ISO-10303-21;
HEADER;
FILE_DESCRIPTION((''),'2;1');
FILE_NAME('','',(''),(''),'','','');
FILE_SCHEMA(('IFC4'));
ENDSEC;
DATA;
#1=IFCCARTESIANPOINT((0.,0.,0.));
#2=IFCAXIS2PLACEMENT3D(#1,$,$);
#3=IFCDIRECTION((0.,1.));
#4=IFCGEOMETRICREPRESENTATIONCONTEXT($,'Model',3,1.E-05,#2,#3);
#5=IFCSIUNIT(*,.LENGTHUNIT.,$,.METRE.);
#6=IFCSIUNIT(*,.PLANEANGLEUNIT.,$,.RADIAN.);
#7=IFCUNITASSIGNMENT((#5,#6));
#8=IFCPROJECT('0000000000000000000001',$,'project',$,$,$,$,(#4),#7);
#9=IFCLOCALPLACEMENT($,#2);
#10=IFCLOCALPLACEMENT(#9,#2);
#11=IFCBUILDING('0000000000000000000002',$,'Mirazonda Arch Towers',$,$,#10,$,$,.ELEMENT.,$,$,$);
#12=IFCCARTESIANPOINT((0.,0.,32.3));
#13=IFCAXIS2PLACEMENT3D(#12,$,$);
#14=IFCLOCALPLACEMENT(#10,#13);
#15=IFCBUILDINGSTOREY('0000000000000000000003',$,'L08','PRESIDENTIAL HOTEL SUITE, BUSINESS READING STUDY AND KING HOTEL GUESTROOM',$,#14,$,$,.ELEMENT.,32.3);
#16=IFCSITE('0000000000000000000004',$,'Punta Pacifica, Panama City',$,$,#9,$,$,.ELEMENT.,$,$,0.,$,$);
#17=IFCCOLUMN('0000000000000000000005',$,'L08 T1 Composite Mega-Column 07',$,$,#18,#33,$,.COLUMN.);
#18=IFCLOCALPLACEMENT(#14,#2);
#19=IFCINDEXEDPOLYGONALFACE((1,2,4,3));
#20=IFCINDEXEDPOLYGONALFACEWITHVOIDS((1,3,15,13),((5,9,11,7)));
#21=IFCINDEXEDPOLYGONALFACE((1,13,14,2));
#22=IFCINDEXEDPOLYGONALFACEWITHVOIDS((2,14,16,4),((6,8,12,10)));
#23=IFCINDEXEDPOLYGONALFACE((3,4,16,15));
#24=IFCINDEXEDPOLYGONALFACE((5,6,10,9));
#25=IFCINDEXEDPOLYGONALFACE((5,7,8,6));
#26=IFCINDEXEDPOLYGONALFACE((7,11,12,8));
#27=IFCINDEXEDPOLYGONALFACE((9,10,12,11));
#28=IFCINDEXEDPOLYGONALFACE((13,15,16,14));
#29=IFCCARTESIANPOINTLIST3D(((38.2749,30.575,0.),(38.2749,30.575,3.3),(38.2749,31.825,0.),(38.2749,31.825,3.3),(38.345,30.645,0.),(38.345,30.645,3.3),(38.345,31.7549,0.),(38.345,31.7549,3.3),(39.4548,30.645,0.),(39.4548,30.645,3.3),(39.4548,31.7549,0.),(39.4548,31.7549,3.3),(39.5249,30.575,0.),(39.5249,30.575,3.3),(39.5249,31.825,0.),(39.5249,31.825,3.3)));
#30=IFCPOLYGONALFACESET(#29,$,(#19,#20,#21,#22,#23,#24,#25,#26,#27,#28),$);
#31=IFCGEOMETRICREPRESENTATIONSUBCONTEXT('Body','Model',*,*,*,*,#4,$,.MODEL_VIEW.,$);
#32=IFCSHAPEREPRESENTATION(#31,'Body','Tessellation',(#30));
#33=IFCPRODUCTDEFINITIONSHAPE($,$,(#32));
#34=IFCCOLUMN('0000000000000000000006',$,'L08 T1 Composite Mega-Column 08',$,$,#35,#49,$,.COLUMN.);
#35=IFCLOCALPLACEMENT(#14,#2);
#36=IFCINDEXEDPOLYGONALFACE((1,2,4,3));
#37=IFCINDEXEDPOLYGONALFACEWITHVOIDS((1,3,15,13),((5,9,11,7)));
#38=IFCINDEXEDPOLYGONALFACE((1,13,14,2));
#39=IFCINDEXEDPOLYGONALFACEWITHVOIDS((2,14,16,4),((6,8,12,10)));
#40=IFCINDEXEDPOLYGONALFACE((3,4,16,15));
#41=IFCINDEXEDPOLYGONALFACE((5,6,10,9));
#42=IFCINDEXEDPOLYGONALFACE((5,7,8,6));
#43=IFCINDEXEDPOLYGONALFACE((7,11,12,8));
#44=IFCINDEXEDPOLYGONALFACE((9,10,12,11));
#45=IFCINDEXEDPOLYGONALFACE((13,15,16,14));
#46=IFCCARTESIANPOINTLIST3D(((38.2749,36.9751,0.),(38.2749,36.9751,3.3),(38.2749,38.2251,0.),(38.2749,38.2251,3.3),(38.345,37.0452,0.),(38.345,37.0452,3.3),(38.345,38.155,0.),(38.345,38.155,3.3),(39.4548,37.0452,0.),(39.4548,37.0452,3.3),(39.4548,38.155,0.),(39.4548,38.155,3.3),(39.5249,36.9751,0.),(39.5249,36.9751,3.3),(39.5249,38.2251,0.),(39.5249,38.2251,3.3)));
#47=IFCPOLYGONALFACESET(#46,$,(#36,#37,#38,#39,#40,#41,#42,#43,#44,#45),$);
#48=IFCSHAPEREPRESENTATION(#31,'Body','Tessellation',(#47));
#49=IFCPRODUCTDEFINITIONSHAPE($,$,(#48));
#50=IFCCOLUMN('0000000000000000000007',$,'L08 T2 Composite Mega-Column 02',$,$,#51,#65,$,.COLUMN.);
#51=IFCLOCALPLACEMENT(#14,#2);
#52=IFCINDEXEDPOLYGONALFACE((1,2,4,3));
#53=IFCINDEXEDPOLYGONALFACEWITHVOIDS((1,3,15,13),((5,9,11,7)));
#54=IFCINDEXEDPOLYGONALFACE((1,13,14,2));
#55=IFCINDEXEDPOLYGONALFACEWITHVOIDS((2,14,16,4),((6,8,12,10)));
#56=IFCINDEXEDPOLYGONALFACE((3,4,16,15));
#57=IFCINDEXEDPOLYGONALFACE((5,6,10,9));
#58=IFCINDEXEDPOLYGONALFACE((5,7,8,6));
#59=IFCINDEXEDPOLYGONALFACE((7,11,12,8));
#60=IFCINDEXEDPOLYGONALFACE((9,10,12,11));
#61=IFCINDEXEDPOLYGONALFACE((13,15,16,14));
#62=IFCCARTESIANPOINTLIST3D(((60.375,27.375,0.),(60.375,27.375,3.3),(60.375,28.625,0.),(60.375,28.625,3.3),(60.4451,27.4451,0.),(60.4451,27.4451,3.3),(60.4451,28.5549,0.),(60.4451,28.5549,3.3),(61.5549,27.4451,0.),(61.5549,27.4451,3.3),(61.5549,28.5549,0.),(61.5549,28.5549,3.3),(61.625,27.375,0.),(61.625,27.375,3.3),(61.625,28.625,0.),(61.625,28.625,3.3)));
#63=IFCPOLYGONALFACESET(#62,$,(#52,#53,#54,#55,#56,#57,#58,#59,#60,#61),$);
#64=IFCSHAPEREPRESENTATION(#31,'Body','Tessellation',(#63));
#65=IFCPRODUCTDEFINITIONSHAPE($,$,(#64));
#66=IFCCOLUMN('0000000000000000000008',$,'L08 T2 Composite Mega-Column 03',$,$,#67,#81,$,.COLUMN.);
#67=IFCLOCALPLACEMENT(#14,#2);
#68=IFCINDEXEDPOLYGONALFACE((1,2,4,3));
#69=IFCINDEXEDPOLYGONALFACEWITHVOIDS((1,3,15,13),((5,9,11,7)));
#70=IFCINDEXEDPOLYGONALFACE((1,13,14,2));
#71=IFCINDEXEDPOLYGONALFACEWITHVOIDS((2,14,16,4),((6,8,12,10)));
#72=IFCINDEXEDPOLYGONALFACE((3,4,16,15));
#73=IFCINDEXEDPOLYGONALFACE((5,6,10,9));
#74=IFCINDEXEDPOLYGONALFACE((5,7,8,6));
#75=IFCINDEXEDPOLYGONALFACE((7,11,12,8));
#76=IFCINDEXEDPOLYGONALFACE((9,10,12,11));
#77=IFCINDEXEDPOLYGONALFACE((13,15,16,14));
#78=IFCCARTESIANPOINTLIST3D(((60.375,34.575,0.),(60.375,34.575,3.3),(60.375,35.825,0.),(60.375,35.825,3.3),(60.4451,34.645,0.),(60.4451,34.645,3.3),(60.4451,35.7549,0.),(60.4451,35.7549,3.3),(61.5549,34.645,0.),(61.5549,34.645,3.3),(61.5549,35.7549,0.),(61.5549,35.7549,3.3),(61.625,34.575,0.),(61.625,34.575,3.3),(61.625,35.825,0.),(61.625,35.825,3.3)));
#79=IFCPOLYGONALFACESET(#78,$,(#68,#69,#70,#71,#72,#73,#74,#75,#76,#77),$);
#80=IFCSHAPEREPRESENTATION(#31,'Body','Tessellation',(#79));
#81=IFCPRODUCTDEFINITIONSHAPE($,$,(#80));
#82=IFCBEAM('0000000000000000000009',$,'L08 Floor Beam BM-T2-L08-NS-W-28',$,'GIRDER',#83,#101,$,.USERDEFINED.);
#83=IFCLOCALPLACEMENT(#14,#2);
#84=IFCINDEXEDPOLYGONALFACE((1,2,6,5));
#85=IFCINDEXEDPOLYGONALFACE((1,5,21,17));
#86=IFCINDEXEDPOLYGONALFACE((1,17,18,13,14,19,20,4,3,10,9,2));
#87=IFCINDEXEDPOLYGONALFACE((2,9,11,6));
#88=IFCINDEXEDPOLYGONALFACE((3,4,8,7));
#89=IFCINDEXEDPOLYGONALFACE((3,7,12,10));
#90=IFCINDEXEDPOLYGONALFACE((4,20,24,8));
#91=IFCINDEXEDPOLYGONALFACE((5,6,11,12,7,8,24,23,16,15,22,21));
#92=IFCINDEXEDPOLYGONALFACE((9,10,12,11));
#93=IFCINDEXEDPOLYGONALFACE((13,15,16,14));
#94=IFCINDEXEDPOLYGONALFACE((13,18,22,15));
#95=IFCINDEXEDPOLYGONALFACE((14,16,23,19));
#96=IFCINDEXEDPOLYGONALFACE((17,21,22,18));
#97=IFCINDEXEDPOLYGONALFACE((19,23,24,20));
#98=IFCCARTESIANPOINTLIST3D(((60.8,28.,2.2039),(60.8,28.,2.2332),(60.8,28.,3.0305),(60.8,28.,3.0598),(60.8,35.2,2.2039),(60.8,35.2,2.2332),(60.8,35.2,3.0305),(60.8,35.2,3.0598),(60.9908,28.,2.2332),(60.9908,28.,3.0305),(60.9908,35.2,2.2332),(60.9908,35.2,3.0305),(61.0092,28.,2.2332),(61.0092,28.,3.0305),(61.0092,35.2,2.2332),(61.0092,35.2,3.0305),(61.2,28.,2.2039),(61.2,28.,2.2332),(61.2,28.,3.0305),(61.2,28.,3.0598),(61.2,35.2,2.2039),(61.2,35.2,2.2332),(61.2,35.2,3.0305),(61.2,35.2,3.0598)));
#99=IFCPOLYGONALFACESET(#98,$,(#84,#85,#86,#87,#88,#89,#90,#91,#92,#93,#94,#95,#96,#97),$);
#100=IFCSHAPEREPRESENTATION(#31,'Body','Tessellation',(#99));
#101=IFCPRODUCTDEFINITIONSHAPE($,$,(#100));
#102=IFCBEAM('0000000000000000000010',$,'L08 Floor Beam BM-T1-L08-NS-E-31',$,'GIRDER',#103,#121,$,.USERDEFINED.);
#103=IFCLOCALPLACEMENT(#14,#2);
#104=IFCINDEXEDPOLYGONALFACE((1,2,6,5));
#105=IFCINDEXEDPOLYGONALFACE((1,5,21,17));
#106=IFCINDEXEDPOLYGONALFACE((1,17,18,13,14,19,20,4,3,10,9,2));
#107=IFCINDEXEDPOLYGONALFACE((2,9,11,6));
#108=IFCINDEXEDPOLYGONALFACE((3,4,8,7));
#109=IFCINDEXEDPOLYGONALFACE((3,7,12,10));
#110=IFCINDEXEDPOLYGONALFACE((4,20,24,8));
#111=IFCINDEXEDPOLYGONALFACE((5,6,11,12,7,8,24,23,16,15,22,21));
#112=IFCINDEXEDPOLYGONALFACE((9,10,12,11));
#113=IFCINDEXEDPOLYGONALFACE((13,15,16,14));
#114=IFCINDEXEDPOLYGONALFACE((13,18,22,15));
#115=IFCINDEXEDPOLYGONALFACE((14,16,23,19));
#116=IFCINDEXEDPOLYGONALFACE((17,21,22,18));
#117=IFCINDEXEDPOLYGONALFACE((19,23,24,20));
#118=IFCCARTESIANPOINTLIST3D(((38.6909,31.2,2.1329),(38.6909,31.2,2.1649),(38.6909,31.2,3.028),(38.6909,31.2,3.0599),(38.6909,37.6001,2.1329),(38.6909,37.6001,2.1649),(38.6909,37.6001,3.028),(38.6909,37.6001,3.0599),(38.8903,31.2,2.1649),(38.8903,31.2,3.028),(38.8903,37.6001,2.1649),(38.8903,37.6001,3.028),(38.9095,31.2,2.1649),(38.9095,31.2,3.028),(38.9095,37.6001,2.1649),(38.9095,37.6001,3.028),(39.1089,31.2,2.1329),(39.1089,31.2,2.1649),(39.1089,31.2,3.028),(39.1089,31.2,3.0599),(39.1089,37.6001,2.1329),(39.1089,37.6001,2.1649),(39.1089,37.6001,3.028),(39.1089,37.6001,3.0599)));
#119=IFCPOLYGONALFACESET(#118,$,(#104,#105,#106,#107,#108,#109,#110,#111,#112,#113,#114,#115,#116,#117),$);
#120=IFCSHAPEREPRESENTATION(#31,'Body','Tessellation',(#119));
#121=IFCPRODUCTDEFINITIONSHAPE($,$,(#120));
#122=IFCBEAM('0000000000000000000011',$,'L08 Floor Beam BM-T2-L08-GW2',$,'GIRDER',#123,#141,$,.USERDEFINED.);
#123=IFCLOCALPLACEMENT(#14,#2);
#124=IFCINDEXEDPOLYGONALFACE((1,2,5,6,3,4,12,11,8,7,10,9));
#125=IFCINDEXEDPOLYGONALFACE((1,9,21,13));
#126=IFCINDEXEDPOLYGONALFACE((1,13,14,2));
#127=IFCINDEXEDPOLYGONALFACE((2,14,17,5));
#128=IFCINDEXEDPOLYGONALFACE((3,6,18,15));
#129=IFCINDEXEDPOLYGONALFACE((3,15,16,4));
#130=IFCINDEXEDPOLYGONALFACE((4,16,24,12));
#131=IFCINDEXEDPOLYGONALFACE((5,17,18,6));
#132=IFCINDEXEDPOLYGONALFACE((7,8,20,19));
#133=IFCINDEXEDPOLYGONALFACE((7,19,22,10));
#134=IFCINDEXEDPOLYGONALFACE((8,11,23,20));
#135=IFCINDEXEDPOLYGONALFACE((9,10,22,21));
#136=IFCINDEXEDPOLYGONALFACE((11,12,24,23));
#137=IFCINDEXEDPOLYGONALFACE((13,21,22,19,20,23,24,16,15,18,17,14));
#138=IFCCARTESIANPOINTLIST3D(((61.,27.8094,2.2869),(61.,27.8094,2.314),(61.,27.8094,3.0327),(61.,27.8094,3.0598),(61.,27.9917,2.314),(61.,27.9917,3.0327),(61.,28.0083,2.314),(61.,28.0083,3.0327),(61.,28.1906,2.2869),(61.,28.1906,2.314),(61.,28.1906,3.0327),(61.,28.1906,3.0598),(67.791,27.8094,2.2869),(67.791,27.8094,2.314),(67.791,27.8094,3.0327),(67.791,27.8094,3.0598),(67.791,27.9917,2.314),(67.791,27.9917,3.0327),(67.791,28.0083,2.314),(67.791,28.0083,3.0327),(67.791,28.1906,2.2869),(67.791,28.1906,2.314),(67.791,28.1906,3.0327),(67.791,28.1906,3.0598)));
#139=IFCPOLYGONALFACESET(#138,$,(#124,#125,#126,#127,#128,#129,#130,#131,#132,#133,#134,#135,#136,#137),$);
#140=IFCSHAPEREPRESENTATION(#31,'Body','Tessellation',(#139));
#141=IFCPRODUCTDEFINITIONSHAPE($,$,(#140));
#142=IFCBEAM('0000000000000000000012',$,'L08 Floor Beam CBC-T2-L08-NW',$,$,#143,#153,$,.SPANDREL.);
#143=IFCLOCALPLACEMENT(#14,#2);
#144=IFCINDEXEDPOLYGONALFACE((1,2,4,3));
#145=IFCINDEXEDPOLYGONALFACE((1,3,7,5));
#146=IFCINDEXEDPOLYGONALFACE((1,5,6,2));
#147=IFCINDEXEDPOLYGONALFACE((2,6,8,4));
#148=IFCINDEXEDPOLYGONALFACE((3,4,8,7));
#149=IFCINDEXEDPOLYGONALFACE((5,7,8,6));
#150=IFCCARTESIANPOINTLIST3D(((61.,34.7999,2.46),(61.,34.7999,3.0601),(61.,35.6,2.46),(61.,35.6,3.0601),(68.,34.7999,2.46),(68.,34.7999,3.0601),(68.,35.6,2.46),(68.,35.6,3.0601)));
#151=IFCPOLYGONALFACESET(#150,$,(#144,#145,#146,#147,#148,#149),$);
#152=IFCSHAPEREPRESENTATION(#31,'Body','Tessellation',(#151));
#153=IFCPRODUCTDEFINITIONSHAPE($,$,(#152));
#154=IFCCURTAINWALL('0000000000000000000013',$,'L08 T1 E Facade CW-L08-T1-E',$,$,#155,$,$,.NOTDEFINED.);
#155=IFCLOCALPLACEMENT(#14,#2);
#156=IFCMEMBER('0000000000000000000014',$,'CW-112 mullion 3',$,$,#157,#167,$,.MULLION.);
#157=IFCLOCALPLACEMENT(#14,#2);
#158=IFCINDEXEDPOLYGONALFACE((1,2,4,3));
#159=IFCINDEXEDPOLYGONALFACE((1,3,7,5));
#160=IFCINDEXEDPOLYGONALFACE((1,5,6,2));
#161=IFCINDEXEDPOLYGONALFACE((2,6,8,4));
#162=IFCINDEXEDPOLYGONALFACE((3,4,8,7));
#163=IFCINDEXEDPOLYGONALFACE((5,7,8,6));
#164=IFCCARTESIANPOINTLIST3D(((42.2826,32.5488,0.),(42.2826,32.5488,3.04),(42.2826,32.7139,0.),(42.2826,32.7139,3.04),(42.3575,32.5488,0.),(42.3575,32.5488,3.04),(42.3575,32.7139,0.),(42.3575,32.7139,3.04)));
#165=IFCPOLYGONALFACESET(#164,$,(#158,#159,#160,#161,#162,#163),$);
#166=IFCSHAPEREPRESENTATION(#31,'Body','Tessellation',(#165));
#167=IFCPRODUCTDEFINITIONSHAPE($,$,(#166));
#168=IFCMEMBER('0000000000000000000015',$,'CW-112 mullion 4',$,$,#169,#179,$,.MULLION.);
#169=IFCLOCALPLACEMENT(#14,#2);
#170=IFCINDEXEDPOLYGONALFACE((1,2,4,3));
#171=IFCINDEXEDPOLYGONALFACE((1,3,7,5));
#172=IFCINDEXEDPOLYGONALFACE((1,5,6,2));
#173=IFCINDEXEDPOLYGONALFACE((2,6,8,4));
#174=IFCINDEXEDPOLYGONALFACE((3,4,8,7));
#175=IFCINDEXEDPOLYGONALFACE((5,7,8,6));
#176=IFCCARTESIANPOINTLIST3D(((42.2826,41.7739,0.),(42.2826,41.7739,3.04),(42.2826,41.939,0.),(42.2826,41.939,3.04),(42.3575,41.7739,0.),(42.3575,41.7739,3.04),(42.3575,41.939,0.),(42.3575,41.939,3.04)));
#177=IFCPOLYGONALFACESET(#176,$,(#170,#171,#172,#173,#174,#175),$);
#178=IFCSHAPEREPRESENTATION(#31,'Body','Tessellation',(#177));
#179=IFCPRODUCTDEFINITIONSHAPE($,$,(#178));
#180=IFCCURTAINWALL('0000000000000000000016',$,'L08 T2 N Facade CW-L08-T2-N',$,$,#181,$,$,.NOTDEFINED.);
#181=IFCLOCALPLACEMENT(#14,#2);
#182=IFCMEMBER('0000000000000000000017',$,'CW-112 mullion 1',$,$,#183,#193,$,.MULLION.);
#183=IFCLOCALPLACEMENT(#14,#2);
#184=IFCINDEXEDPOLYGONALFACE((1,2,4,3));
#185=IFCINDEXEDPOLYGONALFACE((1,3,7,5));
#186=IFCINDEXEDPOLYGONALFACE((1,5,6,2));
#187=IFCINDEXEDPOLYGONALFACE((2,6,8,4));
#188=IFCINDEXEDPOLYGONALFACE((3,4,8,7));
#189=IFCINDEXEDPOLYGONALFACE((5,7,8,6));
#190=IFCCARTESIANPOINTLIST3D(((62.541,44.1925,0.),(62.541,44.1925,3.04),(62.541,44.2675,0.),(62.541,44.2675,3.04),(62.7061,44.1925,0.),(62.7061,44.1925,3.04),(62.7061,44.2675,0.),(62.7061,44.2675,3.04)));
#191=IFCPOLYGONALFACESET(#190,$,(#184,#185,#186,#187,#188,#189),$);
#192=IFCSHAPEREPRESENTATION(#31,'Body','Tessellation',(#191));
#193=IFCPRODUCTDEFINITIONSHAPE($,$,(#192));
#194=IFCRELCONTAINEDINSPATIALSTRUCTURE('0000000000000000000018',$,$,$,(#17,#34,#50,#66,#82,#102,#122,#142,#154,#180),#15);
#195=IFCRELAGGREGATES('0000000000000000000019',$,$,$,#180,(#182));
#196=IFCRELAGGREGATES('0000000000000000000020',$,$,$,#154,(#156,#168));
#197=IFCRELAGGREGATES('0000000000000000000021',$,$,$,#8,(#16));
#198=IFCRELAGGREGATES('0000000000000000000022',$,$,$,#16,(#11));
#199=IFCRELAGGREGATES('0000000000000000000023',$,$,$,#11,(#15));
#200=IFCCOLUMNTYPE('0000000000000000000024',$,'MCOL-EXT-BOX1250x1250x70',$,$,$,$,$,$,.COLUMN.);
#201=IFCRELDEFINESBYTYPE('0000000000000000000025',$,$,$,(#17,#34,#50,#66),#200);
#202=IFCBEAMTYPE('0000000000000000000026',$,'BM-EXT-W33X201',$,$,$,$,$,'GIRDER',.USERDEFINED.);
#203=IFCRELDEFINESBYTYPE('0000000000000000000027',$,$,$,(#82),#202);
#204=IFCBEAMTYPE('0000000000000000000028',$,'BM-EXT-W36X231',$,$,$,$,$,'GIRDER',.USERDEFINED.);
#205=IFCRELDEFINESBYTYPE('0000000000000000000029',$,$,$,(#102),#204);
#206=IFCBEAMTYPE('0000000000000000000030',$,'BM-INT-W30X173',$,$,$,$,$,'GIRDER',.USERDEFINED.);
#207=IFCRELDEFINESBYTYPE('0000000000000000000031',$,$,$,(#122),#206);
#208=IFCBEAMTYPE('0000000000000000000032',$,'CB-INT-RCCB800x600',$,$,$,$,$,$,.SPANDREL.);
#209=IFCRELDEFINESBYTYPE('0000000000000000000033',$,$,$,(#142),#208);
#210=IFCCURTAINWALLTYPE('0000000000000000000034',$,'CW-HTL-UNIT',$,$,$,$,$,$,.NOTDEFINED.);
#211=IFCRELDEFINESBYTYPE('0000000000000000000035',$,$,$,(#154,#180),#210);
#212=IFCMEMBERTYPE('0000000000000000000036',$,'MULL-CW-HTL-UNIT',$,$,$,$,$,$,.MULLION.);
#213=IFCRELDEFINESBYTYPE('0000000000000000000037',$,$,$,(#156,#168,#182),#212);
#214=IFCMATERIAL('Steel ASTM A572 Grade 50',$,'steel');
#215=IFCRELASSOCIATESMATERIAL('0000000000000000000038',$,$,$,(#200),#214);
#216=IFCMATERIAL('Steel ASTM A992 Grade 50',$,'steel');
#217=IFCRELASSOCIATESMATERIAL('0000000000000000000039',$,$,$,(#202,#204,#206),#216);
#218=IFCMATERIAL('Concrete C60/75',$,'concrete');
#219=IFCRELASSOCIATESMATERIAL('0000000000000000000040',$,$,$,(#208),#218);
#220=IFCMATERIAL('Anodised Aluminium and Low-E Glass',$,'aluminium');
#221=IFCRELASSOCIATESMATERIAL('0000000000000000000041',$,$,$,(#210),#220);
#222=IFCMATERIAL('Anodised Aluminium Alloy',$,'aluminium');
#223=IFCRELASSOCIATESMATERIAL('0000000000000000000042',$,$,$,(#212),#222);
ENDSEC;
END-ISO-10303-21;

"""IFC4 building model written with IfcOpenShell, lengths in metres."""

from ifc_helpers import new_model, si_unit, direction, frame, origin, origin_2d, place, context, subcontext, project, spatial, rectangle, hollow_rectangle, i_section, extrude, material, material_profile, profile_set, type_object, element, aggregate, save


model = new_model("IFC4")

# Units and contexts
model_context = context("Model", 3, precision=1e-05, world=origin(), true_north=direction((0.0, 1.0)))
body_context = subcontext(model_context, "Body", "Model", "MODEL_VIEW")
ifc_project = project(units=[si_unit("LENGTHUNIT", "METRE"), si_unit("PLANEANGLEUNIT", "RADIAN")], contexts=[model_context])

# Site, building, storey
site_placement = place(None, origin())
site = spatial("IfcSite", under=ifc_project, at=site_placement, Name="Punta Pacifica, Panama City", CompositionType="ELEMENT", RefElevation=0.0)
building_placement = place(site_placement, origin())
building = spatial("IfcBuilding", under=site, at=building_placement, Name="Mirazonda Arch Towers", CompositionType="ELEMENT")
storey_placement = place(building_placement, frame((0.0, 0.0, 32.3)))
storey = spatial("IfcBuildingStorey", under=building, at=storey_placement, Name="L08", Description="PRESIDENTIAL HOTEL SUITE, BUSINESS READING STUDY AND KING HOTEL GUESTROOM", CompositionType="ELEMENT", Elevation=32.3)

# Columns
ifc_material_1 = material(Name="Steel ASTM A572 Grade 50", Category="steel")
ifc_material_profile_1 = material_profile(ifc_material_1, hollow_rectangle(XDim=1.25, YDim=1.25, WallThickness=0.0701, at=origin_2d()), Name="BOX1250x1250x70")
ifc_profile_set_1 = profile_set([ifc_material_profile_1], Name="Steel ASTM A572 Grade 50")
column_type = type_object("IfcColumnType", Name="MCOL-EXT-BOX1250x1250x70", PredefinedType="COLUMN", material=ifc_profile_set_1)
for number, where, z_axis, x_axis, name in (
    (1, (38.8999, 31.2, 0.0), (0.0, 0.0, 1.0), (1.0, 0.0, 0.0), "L08 T1 Composite Mega-Column 07"),
    (2, (38.8999, 37.6001, 0.0), (0.0, 0.0, 1.0), (1.0, 0.0, 0.0), "L08 T1 Composite Mega-Column 08"),
    (3, (61.0, 28.0, 0.0), (0.0, 0.0, 1.0), (1.0, 0.0, 0.0), "L08 T2 Composite Mega-Column 02"),
    (4, (61.0, 35.2, 0.0), (0.0, 0.0, 1.0), (1.0, 0.0, 0.0), "L08 T2 Composite Mega-Column 03"),
):
    element("IfcColumn", number, at=place(storey_placement, frame(where, z_axis=z_axis, x_axis=x_axis)), inside=storey, type_object=column_type, Name=name, PredefinedType="COLUMN", context=body_context, shape_type="SweptSolid", body=[
        extrude(hollow_rectangle(XDim=1.25, YDim=1.25, WallThickness=0.0701, at=origin_2d()), origin(), (0.0, 0.0, 1.0), 3.3),
    ])

# Beams
ifc_material_2 = material(Name="Steel ASTM A992 Grade 50", Category="steel")
ifc_material_profile_2 = material_profile(ifc_material_2, i_section(OverallWidth=0.3999, OverallDepth=0.856, WebThickness=0.0183, FlangeThickness=0.0293, at=origin_2d()), Name="W33X201")
ifc_profile_set_2 = profile_set([ifc_material_profile_2], Name="Steel ASTM A992 Grade 50")
beam_type_1 = type_object("IfcBeamType", Name="BM-EXT-W33X201", ElementType="GIRDER", PredefinedType="USERDEFINED", material=ifc_profile_set_2)
beam_1_placement = place(storey_placement, frame((61.0, 28.0, 2.6318), z_axis=(0.0, 1.0, 0.0), x_axis=(-1.0, 0.0, 0.0)))
element("IfcBeam", 5, at=beam_1_placement, inside=storey, type_object=beam_type_1, Name="L08 Floor Beam BM-T2-L08-NS-W-28", ObjectType="GIRDER", PredefinedType="USERDEFINED", context=body_context, shape_type="SweptSolid", body=[
    extrude(i_section(OverallWidth=0.3999, OverallDepth=0.856, WebThickness=0.0183, FlangeThickness=0.0293, at=origin_2d()), origin(), (0.0, 0.0, 1.0), 7.2),
])
ifc_material_profile_3 = material_profile(ifc_material_2, i_section(OverallWidth=0.418, OverallDepth=0.927, WebThickness=0.0193, FlangeThickness=0.032, at=origin_2d()), Name="W36X231")
ifc_profile_set_3 = profile_set([ifc_material_profile_3], Name="Steel ASTM A992 Grade 50")
beam_type_2 = type_object("IfcBeamType", Name="BM-EXT-W36X231", ElementType="GIRDER", PredefinedType="USERDEFINED", material=ifc_profile_set_3)
beam_2_placement = place(storey_placement, frame((38.8999, 31.2, 2.5964), z_axis=(0.0, 1.0, 0.0), x_axis=(-1.0, 0.0, 0.0)))
element("IfcBeam", 6, at=beam_2_placement, inside=storey, type_object=beam_type_2, Name="L08 Floor Beam BM-T1-L08-NS-E-31", ObjectType="GIRDER", PredefinedType="USERDEFINED", context=body_context, shape_type="SweptSolid", body=[
    extrude(i_section(OverallWidth=0.418, OverallDepth=0.927, WebThickness=0.0193, FlangeThickness=0.032, at=origin_2d()), origin(), (0.0, 0.0, 1.0), 6.4001),
])
ifc_material_profile_4 = material_profile(ifc_material_2, i_section(OverallWidth=0.3811, OverallDepth=0.7729, WebThickness=0.0166, FlangeThickness=0.0271, at=origin_2d()), Name="W30X173")
ifc_profile_set_4 = profile_set([ifc_material_profile_4], Name="Steel ASTM A992 Grade 50")
beam_type_3 = type_object("IfcBeamType", Name="BM-INT-W30X173", ElementType="GIRDER", PredefinedType="USERDEFINED", material=ifc_profile_set_4)
beam_3_placement = place(storey_placement, frame((61.0, 28.0, 2.6733), z_axis=(1.0, 0.0, 0.0), x_axis=(0.0, 1.0, 0.0)))
element("IfcBeam", 7, at=beam_3_placement, inside=storey, type_object=beam_type_3, Name="L08 Floor Beam BM-T2-L08-GW2", ObjectType="GIRDER", PredefinedType="USERDEFINED", context=body_context, shape_type="SweptSolid", body=[
    extrude(i_section(OverallWidth=0.3811, OverallDepth=0.7729, WebThickness=0.0166, FlangeThickness=0.0271, at=origin_2d()), origin(), (0.0, 0.0, 1.0), 6.791),
])
ifc_material_3 = material(Name="Concrete C60/75", Category="concrete")
ifc_material_profile_5 = material_profile(ifc_material_3, rectangle(XDim=0.8, YDim=0.6001, at=origin_2d()), Name="RCCB800x600")
ifc_profile_set_5 = profile_set([ifc_material_profile_5], Name="Concrete C60/75")
beam_type_4 = type_object("IfcBeamType", Name="CB-INT-RCCB800x600", PredefinedType="SPANDREL", material=ifc_profile_set_5)
beam_4_placement = place(storey_placement, frame((61.0, 35.2, 2.76), z_axis=(1.0, 0.0, 0.0), x_axis=(0.0, 1.0, 0.0)))
element("IfcBeam", 8, at=beam_4_placement, inside=storey, type_object=beam_type_4, Name="L08 Floor Beam CBC-T2-L08-NW", PredefinedType="SPANDREL", context=body_context, shape_type="SweptSolid", body=[
    extrude(rectangle(XDim=0.8, YDim=0.6001, at=origin_2d()), origin(), (0.0, 0.0, 1.0), 7.0),
])

# Curtain wall, members
ifc_material_4 = material(Name="Anodised Aluminium and Low-E Glass", Category="aluminium")
curtain_wall_type = type_object("IfcCurtainWallType", Name="CW-HTL-UNIT", PredefinedType="NOTDEFINED", material=ifc_material_4)
curtain_wall_1_placement = place(storey_placement, origin())
curtain_wall_1 = element("IfcCurtainWall", 9, at=curtain_wall_1_placement, inside=storey, type_object=curtain_wall_type, Name="L08 T1 E Facade CW-L08-T1-E", PredefinedType="NOTDEFINED")
ifc_material_5 = material(Name="Anodised Aluminium Alloy", Category="aluminium")
ifc_material_profile_6 = material_profile(ifc_material_5, rectangle(XDim=0.075, YDim=0.165, at=origin_2d()), Name="ALU-MULL-75x165")
ifc_profile_set_6 = profile_set([ifc_material_profile_6], Name="Anodised Aluminium Alloy")
member_type_1 = type_object("IfcMemberType", Name="MULL-CW-HTL-UNIT", PredefinedType="MULLION", material=ifc_profile_set_6)
member_1_placement = place(storey_placement, frame((42.3201, 32.6313, 0.0), z_axis=(0.0, 0.0, 1.0), x_axis=(-1.0, 0.0, 0.0)))
member_1 = element("IfcMember", 10, at=member_1_placement, type_object=member_type_1, Name="CW-112 mullion 3", PredefinedType="MULLION", context=body_context, shape_type="SweptSolid", body=[
    extrude(rectangle(XDim=0.075, YDim=0.165, at=origin_2d()), origin(), (0.0, 0.0, 1.0), 3.04),
])
member_2_placement = place(storey_placement, frame((42.3201, 41.8564, 0.0), z_axis=(0.0, 0.0, 1.0), x_axis=(-1.0, 0.0, 0.0)))
member_2 = element("IfcMember", 11, at=member_2_placement, type_object=member_type_1, Name="CW-112 mullion 4", PredefinedType="MULLION", context=body_context, shape_type="SweptSolid", body=[
    extrude(rectangle(XDim=0.075, YDim=0.165, at=origin_2d()), origin(), (0.0, 0.0, 1.0), 3.04),
])

# Curtain wall, member
curtain_wall_2_placement = place(storey_placement, origin())
curtain_wall_2 = element("IfcCurtainWall", 12, at=curtain_wall_2_placement, inside=storey, type_object=curtain_wall_type, Name="L08 T2 N Facade CW-L08-T2-N", PredefinedType="NOTDEFINED")
member_3_placement = place(storey_placement, frame((62.6235, 44.23, 0.0), z_axis=(0.0, 0.0, 1.0), x_axis=(0.0, 1.0, 0.0)))
member_3 = element("IfcMember", 13, at=member_3_placement, type_object=member_type_1, Name="CW-112 mullion 1", PredefinedType="MULLION", context=body_context, shape_type="SweptSolid", body=[
    extrude(rectangle(XDim=0.075, YDim=0.165, at=origin_2d()), origin(), (0.0, 0.0, 1.0), 3.04),
])

aggregate(curtain_wall_2, [member_3])

aggregate(curtain_wall_1, [member_1, member_2])

save(model, "model.ifc")
